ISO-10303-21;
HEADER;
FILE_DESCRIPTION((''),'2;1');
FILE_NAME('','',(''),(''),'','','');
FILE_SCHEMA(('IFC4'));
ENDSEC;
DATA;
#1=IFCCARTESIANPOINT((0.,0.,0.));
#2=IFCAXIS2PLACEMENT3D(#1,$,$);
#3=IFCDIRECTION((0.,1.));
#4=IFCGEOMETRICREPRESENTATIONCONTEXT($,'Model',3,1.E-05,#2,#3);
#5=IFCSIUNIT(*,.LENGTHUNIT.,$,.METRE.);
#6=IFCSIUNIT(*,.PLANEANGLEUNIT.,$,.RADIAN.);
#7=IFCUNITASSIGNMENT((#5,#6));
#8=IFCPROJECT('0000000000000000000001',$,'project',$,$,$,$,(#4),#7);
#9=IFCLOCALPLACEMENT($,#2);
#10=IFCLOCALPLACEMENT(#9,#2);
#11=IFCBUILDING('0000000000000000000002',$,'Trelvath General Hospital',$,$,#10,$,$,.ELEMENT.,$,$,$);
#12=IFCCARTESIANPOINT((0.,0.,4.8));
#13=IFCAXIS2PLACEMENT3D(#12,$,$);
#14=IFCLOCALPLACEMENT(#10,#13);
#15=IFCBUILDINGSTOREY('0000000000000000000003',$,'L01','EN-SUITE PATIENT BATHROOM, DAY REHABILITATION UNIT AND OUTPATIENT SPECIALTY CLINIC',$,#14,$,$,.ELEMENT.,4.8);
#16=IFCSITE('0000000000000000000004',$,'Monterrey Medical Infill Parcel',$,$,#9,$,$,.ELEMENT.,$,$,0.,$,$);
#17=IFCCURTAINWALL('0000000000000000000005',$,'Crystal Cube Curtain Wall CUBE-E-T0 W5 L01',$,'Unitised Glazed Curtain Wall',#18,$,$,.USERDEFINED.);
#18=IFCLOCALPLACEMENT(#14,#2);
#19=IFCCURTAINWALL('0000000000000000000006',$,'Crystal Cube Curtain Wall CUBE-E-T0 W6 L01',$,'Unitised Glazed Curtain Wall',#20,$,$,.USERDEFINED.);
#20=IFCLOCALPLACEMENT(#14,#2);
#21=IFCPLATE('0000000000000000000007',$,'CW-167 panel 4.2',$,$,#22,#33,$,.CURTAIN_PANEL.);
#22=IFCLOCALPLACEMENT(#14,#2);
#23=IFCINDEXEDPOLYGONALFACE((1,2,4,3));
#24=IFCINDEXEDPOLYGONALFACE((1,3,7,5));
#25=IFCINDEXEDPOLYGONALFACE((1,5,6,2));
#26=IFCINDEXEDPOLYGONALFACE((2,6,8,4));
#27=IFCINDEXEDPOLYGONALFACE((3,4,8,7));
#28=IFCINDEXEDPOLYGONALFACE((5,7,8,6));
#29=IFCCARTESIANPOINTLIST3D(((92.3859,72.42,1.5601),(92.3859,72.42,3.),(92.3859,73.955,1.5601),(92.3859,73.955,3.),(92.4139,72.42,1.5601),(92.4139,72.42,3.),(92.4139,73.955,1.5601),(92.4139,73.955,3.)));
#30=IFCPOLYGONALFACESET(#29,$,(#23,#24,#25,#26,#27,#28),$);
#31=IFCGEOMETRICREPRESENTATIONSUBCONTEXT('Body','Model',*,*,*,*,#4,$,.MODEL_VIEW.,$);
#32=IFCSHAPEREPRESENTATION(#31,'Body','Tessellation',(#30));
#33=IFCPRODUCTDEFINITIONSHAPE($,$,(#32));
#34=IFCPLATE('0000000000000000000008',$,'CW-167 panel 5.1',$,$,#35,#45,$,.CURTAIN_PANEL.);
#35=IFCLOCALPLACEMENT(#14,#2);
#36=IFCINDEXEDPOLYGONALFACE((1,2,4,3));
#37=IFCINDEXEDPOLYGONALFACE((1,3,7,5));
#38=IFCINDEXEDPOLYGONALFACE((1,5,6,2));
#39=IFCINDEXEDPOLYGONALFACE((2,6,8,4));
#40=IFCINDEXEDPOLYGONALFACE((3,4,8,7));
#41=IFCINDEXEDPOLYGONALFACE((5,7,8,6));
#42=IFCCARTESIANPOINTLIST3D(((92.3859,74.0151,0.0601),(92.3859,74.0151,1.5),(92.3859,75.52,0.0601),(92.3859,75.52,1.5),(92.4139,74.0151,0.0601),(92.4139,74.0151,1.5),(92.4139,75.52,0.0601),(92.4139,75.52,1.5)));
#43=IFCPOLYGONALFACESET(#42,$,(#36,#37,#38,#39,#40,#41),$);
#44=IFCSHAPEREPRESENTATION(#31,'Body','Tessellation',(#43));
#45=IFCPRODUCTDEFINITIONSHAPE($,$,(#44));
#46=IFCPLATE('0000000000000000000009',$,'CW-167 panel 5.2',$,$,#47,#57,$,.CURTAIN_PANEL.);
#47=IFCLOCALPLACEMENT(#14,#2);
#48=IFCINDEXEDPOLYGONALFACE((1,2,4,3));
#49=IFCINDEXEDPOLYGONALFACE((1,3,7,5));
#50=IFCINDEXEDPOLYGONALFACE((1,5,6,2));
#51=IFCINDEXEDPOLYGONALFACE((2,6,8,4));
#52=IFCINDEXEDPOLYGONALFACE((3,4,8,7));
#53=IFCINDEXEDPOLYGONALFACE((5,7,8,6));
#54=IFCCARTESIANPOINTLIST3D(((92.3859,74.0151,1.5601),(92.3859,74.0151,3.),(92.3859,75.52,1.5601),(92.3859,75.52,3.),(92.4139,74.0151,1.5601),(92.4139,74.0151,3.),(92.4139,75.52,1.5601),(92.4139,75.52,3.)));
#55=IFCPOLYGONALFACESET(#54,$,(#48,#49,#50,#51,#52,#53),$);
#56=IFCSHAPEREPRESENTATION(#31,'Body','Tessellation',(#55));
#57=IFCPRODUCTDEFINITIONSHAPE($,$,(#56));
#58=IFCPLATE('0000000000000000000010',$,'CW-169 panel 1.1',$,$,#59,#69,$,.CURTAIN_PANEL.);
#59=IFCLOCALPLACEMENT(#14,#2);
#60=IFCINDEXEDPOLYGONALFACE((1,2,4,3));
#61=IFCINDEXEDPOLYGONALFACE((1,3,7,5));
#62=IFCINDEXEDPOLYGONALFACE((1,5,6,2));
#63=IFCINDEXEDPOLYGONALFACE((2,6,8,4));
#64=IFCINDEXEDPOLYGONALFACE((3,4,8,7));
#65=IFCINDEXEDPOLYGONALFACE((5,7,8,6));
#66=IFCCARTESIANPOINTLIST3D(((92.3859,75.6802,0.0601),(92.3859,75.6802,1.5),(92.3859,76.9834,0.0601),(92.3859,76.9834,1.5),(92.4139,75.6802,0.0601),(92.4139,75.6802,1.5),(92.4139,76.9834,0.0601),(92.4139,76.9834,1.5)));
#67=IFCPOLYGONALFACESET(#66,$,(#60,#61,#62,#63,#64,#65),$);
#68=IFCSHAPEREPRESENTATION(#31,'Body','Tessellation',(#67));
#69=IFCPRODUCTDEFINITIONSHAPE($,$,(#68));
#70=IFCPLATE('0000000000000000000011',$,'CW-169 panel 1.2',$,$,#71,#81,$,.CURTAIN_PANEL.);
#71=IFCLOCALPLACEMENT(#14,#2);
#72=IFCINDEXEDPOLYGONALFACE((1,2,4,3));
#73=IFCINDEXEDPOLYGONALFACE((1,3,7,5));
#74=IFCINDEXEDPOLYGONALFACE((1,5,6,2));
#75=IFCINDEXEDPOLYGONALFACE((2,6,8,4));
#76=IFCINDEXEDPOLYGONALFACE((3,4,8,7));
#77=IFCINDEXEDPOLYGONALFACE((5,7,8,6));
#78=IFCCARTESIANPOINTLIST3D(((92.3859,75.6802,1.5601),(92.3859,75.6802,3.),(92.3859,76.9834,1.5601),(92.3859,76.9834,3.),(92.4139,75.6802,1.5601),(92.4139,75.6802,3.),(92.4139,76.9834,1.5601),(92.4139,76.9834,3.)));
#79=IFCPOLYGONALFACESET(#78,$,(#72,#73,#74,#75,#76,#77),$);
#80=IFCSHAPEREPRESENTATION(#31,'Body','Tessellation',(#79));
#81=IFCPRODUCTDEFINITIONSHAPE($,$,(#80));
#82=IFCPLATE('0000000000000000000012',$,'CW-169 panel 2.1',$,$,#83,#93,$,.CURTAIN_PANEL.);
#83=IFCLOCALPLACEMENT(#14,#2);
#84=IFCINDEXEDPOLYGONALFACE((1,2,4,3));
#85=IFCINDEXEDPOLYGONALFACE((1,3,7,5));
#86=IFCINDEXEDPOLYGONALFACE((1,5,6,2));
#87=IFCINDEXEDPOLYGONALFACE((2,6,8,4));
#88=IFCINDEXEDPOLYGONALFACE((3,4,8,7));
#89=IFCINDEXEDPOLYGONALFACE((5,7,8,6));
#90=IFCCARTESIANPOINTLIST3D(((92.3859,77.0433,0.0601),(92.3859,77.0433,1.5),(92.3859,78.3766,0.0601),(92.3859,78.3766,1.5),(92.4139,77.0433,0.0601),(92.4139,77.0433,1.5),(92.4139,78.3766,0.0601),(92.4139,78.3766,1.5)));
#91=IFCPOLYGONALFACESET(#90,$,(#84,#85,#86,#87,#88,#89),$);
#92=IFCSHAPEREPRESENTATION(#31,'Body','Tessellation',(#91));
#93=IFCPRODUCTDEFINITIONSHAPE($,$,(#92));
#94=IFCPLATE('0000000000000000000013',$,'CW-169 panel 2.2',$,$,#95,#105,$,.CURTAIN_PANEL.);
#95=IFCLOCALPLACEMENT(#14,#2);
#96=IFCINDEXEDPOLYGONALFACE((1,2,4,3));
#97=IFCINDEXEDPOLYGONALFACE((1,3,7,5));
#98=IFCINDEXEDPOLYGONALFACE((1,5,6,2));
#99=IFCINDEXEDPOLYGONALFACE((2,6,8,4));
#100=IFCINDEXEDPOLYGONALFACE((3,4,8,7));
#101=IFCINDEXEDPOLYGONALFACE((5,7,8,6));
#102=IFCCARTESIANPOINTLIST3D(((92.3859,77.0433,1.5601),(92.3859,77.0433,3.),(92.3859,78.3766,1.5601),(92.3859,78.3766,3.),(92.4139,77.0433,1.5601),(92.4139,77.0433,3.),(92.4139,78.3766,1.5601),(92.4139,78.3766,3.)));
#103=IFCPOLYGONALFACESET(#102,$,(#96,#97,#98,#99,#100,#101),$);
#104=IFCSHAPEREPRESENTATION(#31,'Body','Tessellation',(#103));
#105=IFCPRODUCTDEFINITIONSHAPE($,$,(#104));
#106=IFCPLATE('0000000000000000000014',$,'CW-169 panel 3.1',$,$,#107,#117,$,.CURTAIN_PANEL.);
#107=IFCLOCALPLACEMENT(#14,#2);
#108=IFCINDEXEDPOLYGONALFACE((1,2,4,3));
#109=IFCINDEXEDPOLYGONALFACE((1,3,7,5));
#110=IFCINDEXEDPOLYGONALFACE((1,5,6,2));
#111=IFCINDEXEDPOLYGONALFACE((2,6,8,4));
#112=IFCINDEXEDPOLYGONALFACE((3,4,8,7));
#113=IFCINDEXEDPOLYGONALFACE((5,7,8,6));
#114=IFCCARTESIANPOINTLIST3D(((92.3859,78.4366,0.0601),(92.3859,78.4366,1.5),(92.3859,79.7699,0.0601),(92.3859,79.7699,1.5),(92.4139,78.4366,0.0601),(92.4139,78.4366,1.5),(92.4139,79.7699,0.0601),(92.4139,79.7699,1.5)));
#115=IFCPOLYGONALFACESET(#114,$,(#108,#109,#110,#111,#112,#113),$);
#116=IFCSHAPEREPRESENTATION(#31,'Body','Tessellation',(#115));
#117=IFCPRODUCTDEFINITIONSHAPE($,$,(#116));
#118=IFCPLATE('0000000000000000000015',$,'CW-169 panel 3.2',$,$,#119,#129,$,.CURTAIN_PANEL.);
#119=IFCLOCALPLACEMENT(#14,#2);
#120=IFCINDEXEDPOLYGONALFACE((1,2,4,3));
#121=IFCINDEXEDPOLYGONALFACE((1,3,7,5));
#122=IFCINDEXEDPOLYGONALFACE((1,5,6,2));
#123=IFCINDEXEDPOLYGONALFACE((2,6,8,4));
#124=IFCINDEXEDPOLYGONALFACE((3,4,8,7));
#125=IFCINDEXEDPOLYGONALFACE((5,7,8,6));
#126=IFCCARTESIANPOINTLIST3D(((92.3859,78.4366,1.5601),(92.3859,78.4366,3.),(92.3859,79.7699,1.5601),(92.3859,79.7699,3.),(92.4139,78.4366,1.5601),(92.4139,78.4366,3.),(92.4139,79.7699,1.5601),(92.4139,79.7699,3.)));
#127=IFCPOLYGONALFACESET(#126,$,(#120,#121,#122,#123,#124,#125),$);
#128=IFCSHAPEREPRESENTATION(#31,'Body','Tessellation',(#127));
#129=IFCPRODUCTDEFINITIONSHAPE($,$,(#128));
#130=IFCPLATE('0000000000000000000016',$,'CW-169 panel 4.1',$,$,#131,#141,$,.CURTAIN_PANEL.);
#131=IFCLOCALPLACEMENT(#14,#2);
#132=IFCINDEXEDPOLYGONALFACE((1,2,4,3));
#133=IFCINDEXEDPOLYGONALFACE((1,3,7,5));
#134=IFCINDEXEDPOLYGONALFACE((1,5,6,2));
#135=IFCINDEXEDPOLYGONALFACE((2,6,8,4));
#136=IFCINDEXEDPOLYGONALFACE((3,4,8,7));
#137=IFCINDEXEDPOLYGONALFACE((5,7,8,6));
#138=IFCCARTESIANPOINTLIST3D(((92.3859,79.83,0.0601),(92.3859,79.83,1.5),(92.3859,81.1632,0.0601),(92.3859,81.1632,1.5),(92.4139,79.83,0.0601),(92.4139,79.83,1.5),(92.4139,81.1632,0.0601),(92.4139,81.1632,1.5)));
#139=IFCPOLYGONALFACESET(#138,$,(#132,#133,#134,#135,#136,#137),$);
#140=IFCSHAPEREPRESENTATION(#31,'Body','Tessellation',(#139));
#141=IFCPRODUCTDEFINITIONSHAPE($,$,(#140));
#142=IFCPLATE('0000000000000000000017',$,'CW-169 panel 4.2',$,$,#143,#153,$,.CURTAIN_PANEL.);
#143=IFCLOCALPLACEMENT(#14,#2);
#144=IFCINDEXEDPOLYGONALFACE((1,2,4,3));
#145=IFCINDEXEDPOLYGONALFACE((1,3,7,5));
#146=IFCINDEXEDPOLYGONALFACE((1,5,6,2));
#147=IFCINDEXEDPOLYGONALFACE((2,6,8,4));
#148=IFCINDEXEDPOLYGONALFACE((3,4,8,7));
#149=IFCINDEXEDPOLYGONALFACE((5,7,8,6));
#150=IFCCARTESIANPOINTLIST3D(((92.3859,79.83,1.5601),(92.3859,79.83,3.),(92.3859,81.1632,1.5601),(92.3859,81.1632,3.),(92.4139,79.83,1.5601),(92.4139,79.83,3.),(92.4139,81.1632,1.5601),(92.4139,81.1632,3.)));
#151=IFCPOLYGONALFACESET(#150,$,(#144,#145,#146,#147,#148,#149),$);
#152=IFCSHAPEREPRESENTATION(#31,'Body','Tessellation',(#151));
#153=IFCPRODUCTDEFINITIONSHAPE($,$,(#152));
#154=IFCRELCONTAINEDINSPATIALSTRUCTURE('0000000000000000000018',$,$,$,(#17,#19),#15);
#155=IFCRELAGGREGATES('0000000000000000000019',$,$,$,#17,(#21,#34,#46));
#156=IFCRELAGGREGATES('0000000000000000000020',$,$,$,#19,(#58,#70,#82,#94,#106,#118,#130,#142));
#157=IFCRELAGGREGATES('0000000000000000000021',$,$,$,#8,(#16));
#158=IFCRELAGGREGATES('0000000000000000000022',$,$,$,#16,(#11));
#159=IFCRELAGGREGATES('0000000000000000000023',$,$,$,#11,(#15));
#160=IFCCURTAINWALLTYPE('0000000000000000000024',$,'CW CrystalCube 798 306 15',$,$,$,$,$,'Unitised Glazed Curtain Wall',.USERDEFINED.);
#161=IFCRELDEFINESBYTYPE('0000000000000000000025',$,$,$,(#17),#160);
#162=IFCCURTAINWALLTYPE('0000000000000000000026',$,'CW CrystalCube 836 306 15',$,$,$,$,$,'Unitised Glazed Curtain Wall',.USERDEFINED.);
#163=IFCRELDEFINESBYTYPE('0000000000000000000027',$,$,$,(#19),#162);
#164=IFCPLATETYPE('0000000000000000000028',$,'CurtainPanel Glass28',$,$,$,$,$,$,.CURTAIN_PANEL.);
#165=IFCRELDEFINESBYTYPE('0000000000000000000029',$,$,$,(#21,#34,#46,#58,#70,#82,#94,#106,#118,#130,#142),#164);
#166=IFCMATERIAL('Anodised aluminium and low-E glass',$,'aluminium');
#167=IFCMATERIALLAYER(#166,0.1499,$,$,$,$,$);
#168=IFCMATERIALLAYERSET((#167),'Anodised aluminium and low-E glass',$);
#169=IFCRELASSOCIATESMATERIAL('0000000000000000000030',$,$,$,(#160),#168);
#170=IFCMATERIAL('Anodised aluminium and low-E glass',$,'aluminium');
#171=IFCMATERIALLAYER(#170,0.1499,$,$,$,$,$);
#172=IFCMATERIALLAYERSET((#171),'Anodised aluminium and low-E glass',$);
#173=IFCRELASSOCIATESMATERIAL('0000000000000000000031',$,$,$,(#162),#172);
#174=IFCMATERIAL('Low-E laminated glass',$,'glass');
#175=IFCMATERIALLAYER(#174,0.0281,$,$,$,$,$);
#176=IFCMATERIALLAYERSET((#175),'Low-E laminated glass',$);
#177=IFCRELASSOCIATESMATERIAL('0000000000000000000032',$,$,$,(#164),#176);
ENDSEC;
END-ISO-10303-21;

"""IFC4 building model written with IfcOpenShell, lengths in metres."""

from ifc_helpers import new_model, si_unit, direction, frame, origin, origin_2d, place, context, subcontext, project, spatial, rectangle, extrude, material, layer, layer_set, type_object, element, aggregate, save


model = new_model("IFC4")

# Units and contexts
model_context = context("Model", 3, precision=1e-05, world=origin(), true_north=direction((0.0, 1.0)))
body_context = subcontext(model_context, "Body", "Model", "MODEL_VIEW")
ifc_project = project(units=[si_unit("LENGTHUNIT", "METRE"), si_unit("PLANEANGLEUNIT", "RADIAN")], contexts=[model_context])

# Site, building, storey
site_placement = place(None, origin())
site = spatial("IfcSite", under=ifc_project, at=site_placement, Name="Monterrey Medical Infill Parcel", CompositionType="ELEMENT", RefElevation=0.0)
building_placement = place(site_placement, origin())
building = spatial("IfcBuilding", under=site, at=building_placement, Name="Trelvath General Hospital", CompositionType="ELEMENT")
storey_placement = place(building_placement, frame((0.0, 0.0, 4.8)))
storey = spatial("IfcBuildingStorey", under=building, at=storey_placement, Name="L01", Description="EN-SUITE PATIENT BATHROOM, DAY REHABILITATION UNIT AND OUTPATIENT SPECIALTY CLINIC", CompositionType="ELEMENT", Elevation=4.8)

# Curtain walls
ifc_material_1 = material(Name="Anodised aluminium and low-E glass", Category="aluminium")
ifc_layer_1 = layer(ifc_material_1, 0.1499)
ifc_layer_set_1 = layer_set([ifc_layer_1], Name="Anodised aluminium and low-E glass")
curtain_wall_type_1 = type_object("IfcCurtainWallType", Name="CW CrystalCube 798 306 15", ElementType="Unitised Glazed Curtain Wall", PredefinedType="USERDEFINED", material=ifc_layer_set_1)
curtain_wall_1_placement = place(storey_placement, origin())
curtain_wall_1 = element("IfcCurtainWall", 1, at=curtain_wall_1_placement, inside=storey, type_object=curtain_wall_type_1, Name="Crystal Cube Curtain Wall CUBE-E-T0 W5 L01", ObjectType="Unitised Glazed Curtain Wall", PredefinedType="USERDEFINED")
ifc_material_2 = material(Name="Anodised aluminium and low-E glass", Category="aluminium")
ifc_layer_2 = layer(ifc_material_2, 0.1499)
ifc_layer_set_2 = layer_set([ifc_layer_2], Name="Anodised aluminium and low-E glass")
curtain_wall_type_2 = type_object("IfcCurtainWallType", Name="CW CrystalCube 836 306 15", ElementType="Unitised Glazed Curtain Wall", PredefinedType="USERDEFINED", material=ifc_layer_set_2)
curtain_wall_2_placement = place(storey_placement, origin())
curtain_wall_2 = element("IfcCurtainWall", 2, at=curtain_wall_2_placement, inside=storey, type_object=curtain_wall_type_2, Name="Crystal Cube Curtain Wall CUBE-E-T0 W6 L01", ObjectType="Unitised Glazed Curtain Wall", PredefinedType="USERDEFINED")

# Plates
ifc_material_3 = material(Name="Low-E laminated glass", Category="glass")
ifc_layer_3 = layer(ifc_material_3, 0.0281)
ifc_layer_set_3 = layer_set([ifc_layer_3], Name="Low-E laminated glass")
plate_type = type_object("IfcPlateType", Name="CurtainPanel Glass28", PredefinedType="CURTAIN_PANEL", material=ifc_layer_set_3)
plate_1_placement = place(storey_placement, frame((92.3999, 73.1875, 1.5601), z_axis=(0.0, 0.0, 1.0), x_axis=(0.0, 1.0, 0.0)))
plate_1 = element("IfcPlate", 3, at=plate_1_placement, type_object=plate_type, Name="CW-167 panel 4.2", PredefinedType="CURTAIN_PANEL", context=body_context, shape_type="SweptSolid", body=[
    extrude(rectangle(XDim=1.5349, YDim=0.0281, at=origin_2d()), origin(), (0.0, 0.0, 1.0), 1.4399),
])
plate_2_placement = place(storey_placement, frame((92.3999, 74.7676, 0.0601), z_axis=(0.0, 0.0, 1.0), x_axis=(0.0, 1.0, 0.0)))
plate_2 = element("IfcPlate", 4, at=plate_2_placement, type_object=plate_type, Name="CW-167 panel 5.1", PredefinedType="CURTAIN_PANEL", context=body_context, shape_type="SweptSolid", body=[
    extrude(rectangle(XDim=1.5049, YDim=0.0281, at=origin_2d()), origin(), (0.0, 0.0, 1.0), 1.4399),
])
plate_3_placement = place(storey_placement, frame((92.3999, 74.7676, 1.5601), z_axis=(0.0, 0.0, 1.0), x_axis=(0.0, 1.0, 0.0)))
plate_3 = element("IfcPlate", 5, at=plate_3_placement, type_object=plate_type, Name="CW-167 panel 5.2", PredefinedType="CURTAIN_PANEL", context=body_context, shape_type="SweptSolid", body=[
    extrude(rectangle(XDim=1.5049, YDim=0.0281, at=origin_2d()), origin(), (0.0, 0.0, 1.0), 1.4399),
])
aggregate(curtain_wall_1, [plate_1, plate_2, plate_3])
plate_4_placement = place(storey_placement, frame((92.3999, 76.3318, 0.0601), z_axis=(0.0, 0.0, 1.0), x_axis=(0.0, 1.0, 0.0)))
plate_4 = element("IfcPlate", 6, at=plate_4_placement, type_object=plate_type, Name="CW-169 panel 1.1", PredefinedType="CURTAIN_PANEL", context=body_context, shape_type="SweptSolid", body=[
    extrude(rectangle(XDim=1.3032, YDim=0.0281, at=origin_2d()), origin(), (0.0, 0.0, 1.0), 1.4399),
])
plate_5_placement = place(storey_placement, frame((92.3999, 76.3318, 1.5601), z_axis=(0.0, 0.0, 1.0), x_axis=(0.0, 1.0, 0.0)))
plate_5 = element("IfcPlate", 7, at=plate_5_placement, type_object=plate_type, Name="CW-169 panel 1.2", PredefinedType="CURTAIN_PANEL", context=body_context, shape_type="SweptSolid", body=[
    extrude(rectangle(XDim=1.3032, YDim=0.0281, at=origin_2d()), origin(), (0.0, 0.0, 1.0), 1.4399),
])
plate_6_placement = place(storey_placement, frame((92.3999, 77.71, 0.0601), z_axis=(0.0, 0.0, 1.0), x_axis=(0.0, 1.0, 0.0)))
plate_6 = element("IfcPlate", 8, at=plate_6_placement, type_object=plate_type, Name="CW-169 panel 2.1", PredefinedType="CURTAIN_PANEL", context=body_context, shape_type="SweptSolid", body=[
    extrude(rectangle(XDim=1.3333, YDim=0.0281, at=origin_2d()), origin(), (0.0, 0.0, 1.0), 1.4399),
])
plate_7_placement = place(storey_placement, frame((92.3999, 77.71, 1.5601), z_axis=(0.0, 0.0, 1.0), x_axis=(0.0, 1.0, 0.0)))
plate_7 = element("IfcPlate", 9, at=plate_7_placement, type_object=plate_type, Name="CW-169 panel 2.2", PredefinedType="CURTAIN_PANEL", context=body_context, shape_type="SweptSolid", body=[
    extrude(rectangle(XDim=1.3333, YDim=0.0281, at=origin_2d()), origin(), (0.0, 0.0, 1.0), 1.4399),
])
plate_8_placement = place(storey_placement, frame((92.3999, 79.1033, 0.0601), z_axis=(0.0, 0.0, 1.0), x_axis=(0.0, 1.0, 0.0)))
plate_8 = element("IfcPlate", 10, at=plate_8_placement, type_object=plate_type, Name="CW-169 panel 3.1", PredefinedType="CURTAIN_PANEL", context=body_context, shape_type="SweptSolid", body=[
    extrude(rectangle(XDim=1.3333, YDim=0.0281, at=origin_2d()), origin(), (0.0, 0.0, 1.0), 1.4399),
])
plate_9_placement = place(storey_placement, frame((92.3999, 79.1033, 1.5601), z_axis=(0.0, 0.0, 1.0), x_axis=(0.0, 1.0, 0.0)))
plate_9 = element("IfcPlate", 11, at=plate_9_placement, type_object=plate_type, Name="CW-169 panel 3.2", PredefinedType="CURTAIN_PANEL", context=body_context, shape_type="SweptSolid", body=[
    extrude(rectangle(XDim=1.3333, YDim=0.0281, at=origin_2d()), origin(), (0.0, 0.0, 1.0), 1.4399),
])
plate_10_placement = place(storey_placement, frame((92.3999, 80.4966, 0.0601), z_axis=(0.0, 0.0, 1.0), x_axis=(0.0, 1.0, 0.0)))
plate_10 = element("IfcPlate", 12, at=plate_10_placement, type_object=plate_type, Name="CW-169 panel 4.1", PredefinedType="CURTAIN_PANEL", context=body_context, shape_type="SweptSolid", body=[
    extrude(rectangle(XDim=1.3333, YDim=0.0281, at=origin_2d()), origin(), (0.0, 0.0, 1.0), 1.4399),
])
plate_11_placement = place(storey_placement, frame((92.3999, 80.4966, 1.5601), z_axis=(0.0, 0.0, 1.0), x_axis=(0.0, 1.0, 0.0)))
plate_11 = element("IfcPlate", 13, at=plate_11_placement, type_object=plate_type, Name="CW-169 panel 4.2", PredefinedType="CURTAIN_PANEL", context=body_context, shape_type="SweptSolid", body=[
    extrude(rectangle(XDim=1.3333, YDim=0.0281, at=origin_2d()), origin(), (0.0, 0.0, 1.0), 1.4399),
])
aggregate(curtain_wall_2, [plate_4, plate_5, plate_6, plate_7, plate_8, plate_9, plate_10, plate_11])

save(model, "model.ifc")
